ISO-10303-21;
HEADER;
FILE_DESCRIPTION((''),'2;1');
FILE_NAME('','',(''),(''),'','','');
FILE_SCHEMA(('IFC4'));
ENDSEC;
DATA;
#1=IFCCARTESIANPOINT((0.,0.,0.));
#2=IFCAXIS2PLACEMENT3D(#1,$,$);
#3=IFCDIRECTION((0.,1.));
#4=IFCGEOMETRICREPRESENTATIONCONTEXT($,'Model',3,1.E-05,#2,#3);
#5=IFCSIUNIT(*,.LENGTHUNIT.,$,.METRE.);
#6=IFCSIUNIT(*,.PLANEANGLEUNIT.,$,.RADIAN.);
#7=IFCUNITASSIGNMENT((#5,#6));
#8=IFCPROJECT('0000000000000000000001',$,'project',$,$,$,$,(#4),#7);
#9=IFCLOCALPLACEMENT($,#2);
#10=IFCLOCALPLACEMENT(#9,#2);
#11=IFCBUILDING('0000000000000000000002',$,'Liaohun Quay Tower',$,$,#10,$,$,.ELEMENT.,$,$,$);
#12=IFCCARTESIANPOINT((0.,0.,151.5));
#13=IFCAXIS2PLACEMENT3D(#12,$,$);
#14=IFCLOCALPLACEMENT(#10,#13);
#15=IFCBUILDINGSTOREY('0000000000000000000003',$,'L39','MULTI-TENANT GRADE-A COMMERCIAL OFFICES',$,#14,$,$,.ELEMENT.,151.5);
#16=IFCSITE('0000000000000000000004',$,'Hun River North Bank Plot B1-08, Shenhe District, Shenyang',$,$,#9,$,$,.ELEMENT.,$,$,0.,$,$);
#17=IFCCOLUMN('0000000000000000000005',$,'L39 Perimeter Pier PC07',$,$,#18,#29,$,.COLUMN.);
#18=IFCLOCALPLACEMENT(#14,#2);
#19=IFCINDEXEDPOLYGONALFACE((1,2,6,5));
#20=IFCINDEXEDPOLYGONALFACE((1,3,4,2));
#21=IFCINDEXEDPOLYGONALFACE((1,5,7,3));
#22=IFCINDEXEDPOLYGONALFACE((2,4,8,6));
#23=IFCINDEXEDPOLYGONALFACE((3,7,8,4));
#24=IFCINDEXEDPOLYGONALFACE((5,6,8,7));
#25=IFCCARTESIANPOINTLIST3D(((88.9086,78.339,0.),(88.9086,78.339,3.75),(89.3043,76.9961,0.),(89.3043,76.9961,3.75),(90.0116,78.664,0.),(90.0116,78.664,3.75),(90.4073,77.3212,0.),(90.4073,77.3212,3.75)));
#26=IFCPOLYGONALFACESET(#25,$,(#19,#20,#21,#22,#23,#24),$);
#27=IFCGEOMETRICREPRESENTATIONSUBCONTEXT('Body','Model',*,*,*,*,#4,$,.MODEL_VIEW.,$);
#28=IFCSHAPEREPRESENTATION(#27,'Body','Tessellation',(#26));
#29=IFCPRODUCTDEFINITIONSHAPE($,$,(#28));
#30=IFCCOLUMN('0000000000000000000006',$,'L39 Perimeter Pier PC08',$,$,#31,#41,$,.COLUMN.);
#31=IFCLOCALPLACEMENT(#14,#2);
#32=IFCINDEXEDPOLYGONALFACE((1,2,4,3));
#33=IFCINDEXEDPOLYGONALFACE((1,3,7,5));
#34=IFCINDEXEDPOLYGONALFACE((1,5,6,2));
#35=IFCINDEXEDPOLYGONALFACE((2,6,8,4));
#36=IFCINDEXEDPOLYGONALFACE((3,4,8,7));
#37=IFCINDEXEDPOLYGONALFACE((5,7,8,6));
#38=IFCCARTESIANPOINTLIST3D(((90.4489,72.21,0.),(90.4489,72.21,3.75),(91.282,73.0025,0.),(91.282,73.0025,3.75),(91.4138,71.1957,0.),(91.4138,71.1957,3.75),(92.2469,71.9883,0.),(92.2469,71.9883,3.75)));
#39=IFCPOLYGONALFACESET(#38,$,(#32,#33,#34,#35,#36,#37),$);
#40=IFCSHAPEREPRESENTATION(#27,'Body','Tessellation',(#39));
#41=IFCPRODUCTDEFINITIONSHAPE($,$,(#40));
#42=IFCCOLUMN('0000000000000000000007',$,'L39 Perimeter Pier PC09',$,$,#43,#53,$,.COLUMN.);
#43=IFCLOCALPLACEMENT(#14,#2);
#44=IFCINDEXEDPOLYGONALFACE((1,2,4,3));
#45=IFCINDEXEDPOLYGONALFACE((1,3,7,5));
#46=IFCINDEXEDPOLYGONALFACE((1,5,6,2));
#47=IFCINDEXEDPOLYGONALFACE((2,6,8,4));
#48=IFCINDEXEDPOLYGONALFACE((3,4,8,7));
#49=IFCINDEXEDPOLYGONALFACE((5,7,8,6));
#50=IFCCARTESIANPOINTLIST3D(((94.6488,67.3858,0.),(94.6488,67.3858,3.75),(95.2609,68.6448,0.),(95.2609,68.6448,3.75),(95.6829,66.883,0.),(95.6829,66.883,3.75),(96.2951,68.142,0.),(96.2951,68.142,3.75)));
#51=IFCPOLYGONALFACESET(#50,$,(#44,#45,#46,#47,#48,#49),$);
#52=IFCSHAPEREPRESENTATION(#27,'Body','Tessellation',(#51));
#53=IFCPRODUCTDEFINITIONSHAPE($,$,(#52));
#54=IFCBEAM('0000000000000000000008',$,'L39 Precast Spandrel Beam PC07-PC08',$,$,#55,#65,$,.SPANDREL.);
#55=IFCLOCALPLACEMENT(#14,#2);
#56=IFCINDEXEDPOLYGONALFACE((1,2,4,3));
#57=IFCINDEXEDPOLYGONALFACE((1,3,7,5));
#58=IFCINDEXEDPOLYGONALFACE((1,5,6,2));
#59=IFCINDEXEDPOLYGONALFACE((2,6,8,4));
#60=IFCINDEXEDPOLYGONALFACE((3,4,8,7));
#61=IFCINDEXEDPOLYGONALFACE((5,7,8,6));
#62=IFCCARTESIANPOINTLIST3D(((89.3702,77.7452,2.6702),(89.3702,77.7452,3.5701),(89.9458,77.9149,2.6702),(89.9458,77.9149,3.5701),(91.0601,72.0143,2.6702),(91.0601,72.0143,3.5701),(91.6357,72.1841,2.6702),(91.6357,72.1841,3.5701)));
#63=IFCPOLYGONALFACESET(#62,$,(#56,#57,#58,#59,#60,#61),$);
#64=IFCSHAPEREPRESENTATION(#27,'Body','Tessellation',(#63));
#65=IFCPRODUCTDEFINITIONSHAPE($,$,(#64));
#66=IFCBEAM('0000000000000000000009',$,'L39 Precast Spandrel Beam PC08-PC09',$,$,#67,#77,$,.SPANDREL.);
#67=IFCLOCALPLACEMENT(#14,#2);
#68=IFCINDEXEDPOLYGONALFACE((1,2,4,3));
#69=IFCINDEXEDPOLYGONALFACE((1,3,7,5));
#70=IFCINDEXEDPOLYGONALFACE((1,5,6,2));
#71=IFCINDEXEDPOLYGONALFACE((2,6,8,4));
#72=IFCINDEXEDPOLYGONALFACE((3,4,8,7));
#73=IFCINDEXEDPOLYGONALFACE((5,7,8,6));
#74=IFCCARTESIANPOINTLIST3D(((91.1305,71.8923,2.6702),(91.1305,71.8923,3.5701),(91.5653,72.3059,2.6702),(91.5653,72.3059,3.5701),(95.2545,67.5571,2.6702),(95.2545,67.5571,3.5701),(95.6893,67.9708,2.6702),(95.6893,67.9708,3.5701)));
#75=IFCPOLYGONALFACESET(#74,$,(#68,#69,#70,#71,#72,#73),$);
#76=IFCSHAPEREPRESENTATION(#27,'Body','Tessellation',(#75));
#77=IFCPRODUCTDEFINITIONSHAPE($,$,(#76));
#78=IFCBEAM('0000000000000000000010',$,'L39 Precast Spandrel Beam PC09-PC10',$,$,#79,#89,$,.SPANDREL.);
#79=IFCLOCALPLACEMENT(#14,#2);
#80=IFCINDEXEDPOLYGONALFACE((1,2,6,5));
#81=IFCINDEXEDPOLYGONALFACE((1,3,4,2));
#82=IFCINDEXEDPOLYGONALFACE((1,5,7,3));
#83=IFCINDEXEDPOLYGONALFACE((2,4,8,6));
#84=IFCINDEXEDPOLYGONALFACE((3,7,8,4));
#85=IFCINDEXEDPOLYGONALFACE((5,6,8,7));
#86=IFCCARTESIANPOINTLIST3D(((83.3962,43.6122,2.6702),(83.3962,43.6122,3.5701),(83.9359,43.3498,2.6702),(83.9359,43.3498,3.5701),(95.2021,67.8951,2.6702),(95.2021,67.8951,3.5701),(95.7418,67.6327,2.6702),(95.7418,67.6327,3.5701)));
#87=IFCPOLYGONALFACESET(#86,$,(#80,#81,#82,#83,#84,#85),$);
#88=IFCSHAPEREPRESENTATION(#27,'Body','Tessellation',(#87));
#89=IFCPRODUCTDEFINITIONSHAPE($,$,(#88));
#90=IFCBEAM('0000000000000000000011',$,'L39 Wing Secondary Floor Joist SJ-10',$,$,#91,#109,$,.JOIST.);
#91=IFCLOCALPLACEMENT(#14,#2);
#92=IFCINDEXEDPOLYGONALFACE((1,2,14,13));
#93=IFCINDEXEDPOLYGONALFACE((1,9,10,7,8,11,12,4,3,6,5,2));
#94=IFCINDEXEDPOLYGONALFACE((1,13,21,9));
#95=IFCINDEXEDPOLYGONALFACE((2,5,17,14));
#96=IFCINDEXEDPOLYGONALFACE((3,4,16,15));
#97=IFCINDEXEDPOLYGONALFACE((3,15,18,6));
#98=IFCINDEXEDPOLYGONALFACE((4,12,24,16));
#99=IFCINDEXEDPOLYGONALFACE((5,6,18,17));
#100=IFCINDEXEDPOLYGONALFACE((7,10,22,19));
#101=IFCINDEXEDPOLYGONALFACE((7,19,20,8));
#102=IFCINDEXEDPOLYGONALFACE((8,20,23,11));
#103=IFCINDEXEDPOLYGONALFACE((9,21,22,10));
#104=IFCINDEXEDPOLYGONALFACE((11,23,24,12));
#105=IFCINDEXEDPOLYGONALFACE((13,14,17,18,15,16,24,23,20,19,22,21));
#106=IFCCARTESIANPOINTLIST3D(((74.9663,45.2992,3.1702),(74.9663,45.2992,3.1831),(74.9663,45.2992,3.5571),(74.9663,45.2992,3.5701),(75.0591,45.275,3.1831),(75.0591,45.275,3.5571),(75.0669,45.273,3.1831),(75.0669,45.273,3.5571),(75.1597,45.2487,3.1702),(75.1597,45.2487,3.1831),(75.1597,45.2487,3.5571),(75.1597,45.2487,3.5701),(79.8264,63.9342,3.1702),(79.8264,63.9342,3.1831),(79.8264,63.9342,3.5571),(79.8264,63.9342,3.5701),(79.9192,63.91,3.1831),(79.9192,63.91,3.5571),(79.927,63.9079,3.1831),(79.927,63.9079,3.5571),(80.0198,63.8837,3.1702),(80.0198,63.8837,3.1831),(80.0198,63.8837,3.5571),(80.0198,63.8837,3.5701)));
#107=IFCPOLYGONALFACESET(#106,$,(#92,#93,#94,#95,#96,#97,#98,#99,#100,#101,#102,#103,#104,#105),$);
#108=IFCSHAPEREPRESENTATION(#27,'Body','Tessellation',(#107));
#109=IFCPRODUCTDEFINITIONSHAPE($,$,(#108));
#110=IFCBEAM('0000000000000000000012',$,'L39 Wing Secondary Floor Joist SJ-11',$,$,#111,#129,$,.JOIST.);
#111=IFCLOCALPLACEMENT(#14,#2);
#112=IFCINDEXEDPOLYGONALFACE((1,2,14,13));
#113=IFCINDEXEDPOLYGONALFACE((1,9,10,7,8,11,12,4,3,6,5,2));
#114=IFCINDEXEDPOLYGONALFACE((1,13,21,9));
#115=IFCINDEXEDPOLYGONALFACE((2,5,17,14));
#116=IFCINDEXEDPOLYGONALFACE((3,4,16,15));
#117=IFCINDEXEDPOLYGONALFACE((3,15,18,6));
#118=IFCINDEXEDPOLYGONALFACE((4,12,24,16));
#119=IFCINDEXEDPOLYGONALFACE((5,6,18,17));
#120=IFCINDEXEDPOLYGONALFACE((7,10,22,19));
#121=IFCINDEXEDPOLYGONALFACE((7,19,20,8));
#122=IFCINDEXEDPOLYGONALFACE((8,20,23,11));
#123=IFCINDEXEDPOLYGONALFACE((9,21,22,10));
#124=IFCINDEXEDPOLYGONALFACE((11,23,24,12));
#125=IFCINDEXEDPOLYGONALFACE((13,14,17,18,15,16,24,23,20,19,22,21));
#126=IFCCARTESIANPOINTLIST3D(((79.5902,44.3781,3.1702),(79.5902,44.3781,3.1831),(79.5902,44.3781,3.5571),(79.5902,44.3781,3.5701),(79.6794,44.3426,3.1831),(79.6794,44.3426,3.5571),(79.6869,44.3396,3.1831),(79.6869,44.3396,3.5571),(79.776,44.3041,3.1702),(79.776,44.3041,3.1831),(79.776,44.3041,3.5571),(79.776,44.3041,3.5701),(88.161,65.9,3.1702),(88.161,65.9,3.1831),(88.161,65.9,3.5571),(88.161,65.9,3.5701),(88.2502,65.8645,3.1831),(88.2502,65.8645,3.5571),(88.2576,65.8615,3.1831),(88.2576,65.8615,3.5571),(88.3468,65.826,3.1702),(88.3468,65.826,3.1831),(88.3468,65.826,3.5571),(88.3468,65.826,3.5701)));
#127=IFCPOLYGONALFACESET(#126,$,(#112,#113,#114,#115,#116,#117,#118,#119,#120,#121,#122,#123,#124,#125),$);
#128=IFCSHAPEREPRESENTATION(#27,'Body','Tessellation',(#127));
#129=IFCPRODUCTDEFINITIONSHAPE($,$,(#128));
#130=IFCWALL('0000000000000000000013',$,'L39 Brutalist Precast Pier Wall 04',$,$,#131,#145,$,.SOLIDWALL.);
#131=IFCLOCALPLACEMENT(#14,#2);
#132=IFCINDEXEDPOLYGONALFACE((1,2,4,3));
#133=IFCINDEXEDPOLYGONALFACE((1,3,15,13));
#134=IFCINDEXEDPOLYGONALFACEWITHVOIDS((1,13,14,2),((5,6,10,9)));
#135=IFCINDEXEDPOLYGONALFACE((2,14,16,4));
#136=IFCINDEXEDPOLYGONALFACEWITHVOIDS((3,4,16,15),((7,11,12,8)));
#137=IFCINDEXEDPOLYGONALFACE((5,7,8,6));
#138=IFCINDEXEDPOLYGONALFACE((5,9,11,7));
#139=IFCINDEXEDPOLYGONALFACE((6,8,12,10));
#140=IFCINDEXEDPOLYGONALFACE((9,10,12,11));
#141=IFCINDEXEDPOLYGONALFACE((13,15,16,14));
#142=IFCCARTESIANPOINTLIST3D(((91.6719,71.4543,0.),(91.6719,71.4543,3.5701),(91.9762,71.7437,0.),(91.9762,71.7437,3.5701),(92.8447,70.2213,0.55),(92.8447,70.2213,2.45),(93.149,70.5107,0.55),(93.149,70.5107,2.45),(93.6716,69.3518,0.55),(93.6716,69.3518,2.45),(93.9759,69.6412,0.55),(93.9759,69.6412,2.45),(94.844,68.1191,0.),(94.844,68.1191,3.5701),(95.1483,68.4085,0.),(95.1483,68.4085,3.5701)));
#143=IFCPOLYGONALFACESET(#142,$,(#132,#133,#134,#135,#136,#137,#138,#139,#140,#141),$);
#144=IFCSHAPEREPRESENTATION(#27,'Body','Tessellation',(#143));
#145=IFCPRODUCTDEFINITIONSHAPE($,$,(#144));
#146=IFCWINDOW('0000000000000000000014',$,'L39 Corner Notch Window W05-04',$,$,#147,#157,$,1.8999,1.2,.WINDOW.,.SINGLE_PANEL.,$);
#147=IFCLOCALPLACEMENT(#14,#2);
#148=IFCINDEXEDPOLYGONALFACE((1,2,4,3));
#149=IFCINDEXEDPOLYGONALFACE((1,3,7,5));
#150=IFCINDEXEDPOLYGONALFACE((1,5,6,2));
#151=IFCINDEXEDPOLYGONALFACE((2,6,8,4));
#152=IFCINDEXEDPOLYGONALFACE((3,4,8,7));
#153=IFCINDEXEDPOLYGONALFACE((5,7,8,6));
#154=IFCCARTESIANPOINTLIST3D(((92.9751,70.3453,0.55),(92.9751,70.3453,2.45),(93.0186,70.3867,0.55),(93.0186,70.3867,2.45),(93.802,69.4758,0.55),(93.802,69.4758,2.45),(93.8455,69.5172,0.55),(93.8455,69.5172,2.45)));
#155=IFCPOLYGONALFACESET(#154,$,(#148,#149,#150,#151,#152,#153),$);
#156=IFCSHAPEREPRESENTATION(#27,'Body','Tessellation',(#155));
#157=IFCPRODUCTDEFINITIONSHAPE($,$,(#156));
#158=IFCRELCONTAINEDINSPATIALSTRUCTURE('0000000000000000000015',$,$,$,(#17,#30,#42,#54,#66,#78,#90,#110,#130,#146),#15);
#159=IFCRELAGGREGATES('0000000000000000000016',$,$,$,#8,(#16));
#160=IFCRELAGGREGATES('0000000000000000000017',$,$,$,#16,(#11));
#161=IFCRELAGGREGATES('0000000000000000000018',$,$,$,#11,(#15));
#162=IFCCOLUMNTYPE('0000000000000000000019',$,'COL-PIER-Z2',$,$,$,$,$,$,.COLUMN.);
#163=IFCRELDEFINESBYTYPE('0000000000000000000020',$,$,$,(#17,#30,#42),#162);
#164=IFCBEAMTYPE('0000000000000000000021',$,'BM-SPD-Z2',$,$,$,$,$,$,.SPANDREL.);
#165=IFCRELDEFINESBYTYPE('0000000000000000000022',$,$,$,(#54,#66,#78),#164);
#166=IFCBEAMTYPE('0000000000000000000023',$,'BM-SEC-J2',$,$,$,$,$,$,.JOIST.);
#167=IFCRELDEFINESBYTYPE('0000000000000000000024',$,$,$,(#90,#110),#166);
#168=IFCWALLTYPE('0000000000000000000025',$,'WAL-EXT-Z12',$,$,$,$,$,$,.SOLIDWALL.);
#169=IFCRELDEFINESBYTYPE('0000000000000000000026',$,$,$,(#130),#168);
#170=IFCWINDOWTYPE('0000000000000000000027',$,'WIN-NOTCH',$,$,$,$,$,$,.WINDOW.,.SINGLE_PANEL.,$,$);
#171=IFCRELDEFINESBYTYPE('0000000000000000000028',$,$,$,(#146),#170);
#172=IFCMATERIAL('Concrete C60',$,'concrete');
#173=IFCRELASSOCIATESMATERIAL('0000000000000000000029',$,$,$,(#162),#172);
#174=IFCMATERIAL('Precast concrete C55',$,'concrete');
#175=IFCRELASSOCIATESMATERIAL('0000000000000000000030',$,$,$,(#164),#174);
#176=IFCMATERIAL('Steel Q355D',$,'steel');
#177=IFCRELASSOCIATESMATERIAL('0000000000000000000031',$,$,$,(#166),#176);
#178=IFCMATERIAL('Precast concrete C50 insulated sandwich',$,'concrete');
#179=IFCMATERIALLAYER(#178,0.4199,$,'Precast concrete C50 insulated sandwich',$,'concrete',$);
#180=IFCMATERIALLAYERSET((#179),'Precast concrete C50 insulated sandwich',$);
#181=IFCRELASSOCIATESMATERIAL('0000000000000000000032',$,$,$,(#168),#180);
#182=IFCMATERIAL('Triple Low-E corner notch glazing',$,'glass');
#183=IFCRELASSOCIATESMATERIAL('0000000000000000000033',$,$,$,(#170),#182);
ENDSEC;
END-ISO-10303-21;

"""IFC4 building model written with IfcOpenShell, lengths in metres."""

from ifc_helpers import new_model, si_unit, direction, frame, frame_2d, origin, origin_2d, place, context, subcontext, project, spatial, rectangle, i_section, extrude, source, transform, mapped, material, layer, layer_set, material_profile, profile_set, type_object, element, fill, save


model = new_model("IFC4")

# Units and contexts
model_context = context("Model", 3, precision=1e-05, world=origin(), true_north=direction((0.0, 1.0)))
body_context = subcontext(model_context, "Body", "Model", "MODEL_VIEW")
ifc_project = project(units=[si_unit("LENGTHUNIT", "METRE"), si_unit("PLANEANGLEUNIT", "RADIAN")], contexts=[model_context])

# Site, building, storey
site_placement = place(None, origin())
site = spatial("IfcSite", under=ifc_project, at=site_placement, Name="Hun River North Bank Plot B1-08, Shenhe District, Shenyang", CompositionType="ELEMENT", RefElevation=0.0)
building_placement = place(site_placement, origin())
building = spatial("IfcBuilding", under=site, at=building_placement, Name="Liaohun Quay Tower", CompositionType="ELEMENT")
storey_placement = place(building_placement, frame((0.0, 0.0, 151.5)))
storey = spatial("IfcBuildingStorey", under=building, at=storey_placement, Name="L39", Description="MULTI-TENANT GRADE-A COMMERCIAL OFFICES", CompositionType="ELEMENT", Elevation=151.5)

# Columns
ifc_material_1 = material(Name="Concrete C60", Category="concrete")
ifc_material_profile_1 = material_profile(ifc_material_1, rectangle(XDim=1.3999, YDim=1.1499, at=origin_2d()), Name="RC1400x1150")
ifc_profile_set_1 = profile_set([ifc_material_profile_1], Name="Concrete C60")
column_type = type_object("IfcColumnType", Name="COL-PIER-Z2", PredefinedType="COLUMN", material=ifc_profile_set_1)
shared_shape_1 = source(origin(), body_context, "Body", "SweptSolid", [
    extrude(rectangle(XDim=1.3999, YDim=1.1499, at=origin_2d()), origin(), (0.0, 0.0, 1.0), 3.75),
])
for number, where, z_axis, x_axis, name in (
    (1, (89.658, 77.8301, 0.0), (0.0, 0.0, 1.0), (-0.282676, 0.959215, 0.0), "L39 Perimeter Pier PC07"),
    (2, (91.3479, 72.0991, 0.0), (0.0, 0.0, 1.0), (-0.68924, 0.724533, 0.0), "L39 Perimeter Pier PC08"),
    (3, (95.4719, 67.7639, 0.0), (0.0, 0.0, 1.0), (0.437273, 0.899329, 0.0), "L39 Perimeter Pier PC09"),
):
    element("IfcColumn", number, at=place(storey_placement, frame(where, z_axis=z_axis, x_axis=x_axis)), inside=storey, type_object=column_type, Name=name, PredefinedType="COLUMN", context=body_context, shape_type="MappedRepresentation", body=[
        mapped(shared_shape_1, transform((0.0, 0.0, 0.0), x_axis=(1.0, 0.0, 0.0), y_axis=(0.0, 1.0, 0.0), z_axis=(0.0, 0.0, 1.0), scale=1.0)),
    ])

# Beams
ifc_material_2 = material(Name="Precast concrete C55", Category="concrete")
ifc_material_profile_2 = material_profile(ifc_material_2, rectangle(XDim=0.6001, YDim=0.8999, at=origin_2d()), Name="RC600x900")
ifc_profile_set_2 = profile_set([ifc_material_profile_2], Name="Precast concrete C55")
beam_type_1 = type_object("IfcBeamType", Name="BM-SPD-Z2", PredefinedType="SPANDREL", material=ifc_profile_set_2)
shared_shape_2 = source(origin(), body_context, "Body", "SweptSolid", [
    extrude(rectangle(XDim=0.6001, YDim=0.8999, at=origin_2d()), origin(), (0.0, 0.0, 1.0), 5.9749),
])
beam_1_placement = place(storey_placement, frame((89.658, 77.8301, 3.1201), z_axis=(0.282839, -0.959167, 0.0), x_axis=(0.959167, 0.282839, 0.0)))
element("IfcBeam", 4, at=beam_1_placement, inside=storey, type_object=beam_type_1, Name="L39 Precast Spandrel Beam PC07-PC08", PredefinedType="SPANDREL", context=body_context, shape_type="MappedRepresentation", body=[
    mapped(shared_shape_2, transform((0.0, 0.0, 0.0), x_axis=(1.0, 0.0, 0.0), y_axis=(0.0, 1.0, 0.0), z_axis=(0.0, 0.0, 1.0), scale=1.0)),
])
shared_shape_3 = source(origin(), body_context, "Body", "SweptSolid", [
    extrude(rectangle(XDim=0.6001, YDim=0.8999, at=origin_2d()), origin(), (0.0, 0.0, 1.0), 5.9834),
])
beam_2_placement = place(storey_placement, frame((91.3479, 72.0991, 3.1201), z_axis=(0.689239, -0.724534, 0.0), x_axis=(0.724534, 0.689239, 0.0)))
element("IfcBeam", 5, at=beam_2_placement, inside=storey, type_object=beam_type_1, Name="L39 Precast Spandrel Beam PC08-PC09", PredefinedType="SPANDREL", context=body_context, shape_type="MappedRepresentation", body=[
    mapped(shared_shape_3, transform((0.0, 0.0, 0.0), x_axis=(1.0, 0.0, 0.0), y_axis=(0.0, 1.0, 0.0), z_axis=(0.0, 0.0, 1.0), scale=1.0)),
])
shared_shape_4 = source(origin(), body_context, "Body", "SweptSolid", [
    extrude(rectangle(XDim=0.6001, YDim=0.8999, at=origin_2d()), origin(), (0.0, 0.0, 1.0), 27.0007),
])
beam_3_placement = place(storey_placement, frame((95.4719, 67.7639, 3.1201), z_axis=(-0.437243, -0.899343, 0.0), x_axis=(0.899343, -0.437243, 0.0)))
element("IfcBeam", 6, at=beam_3_placement, inside=storey, type_object=beam_type_1, Name="L39 Precast Spandrel Beam PC09-PC10", PredefinedType="SPANDREL", context=body_context, shape_type="MappedRepresentation", body=[
    mapped(shared_shape_4, transform((0.0, 0.0, 0.0), x_axis=(1.0, 0.0, 0.0), y_axis=(0.0, 1.0, 0.0), z_axis=(0.0, 0.0, 1.0), scale=1.0)),
])
ifc_material_3 = material(Name="Steel Q355D", Category="steel")
ifc_material_profile_3 = material_profile(ifc_material_3, i_section(OverallWidth=0.2, OverallDepth=0.3999, WebThickness=0.0081, FlangeThickness=0.0129, at=origin_2d()), Name="HN400x200x8x13")
ifc_profile_set_3 = profile_set([ifc_material_profile_3], Name="Steel Q355D")
beam_type_2 = type_object("IfcBeamType", Name="BM-SEC-J2", PredefinedType="JOIST", material=ifc_profile_set_3)
shared_shape_5 = source(origin(), body_context, "Body", "SweptSolid", [
    extrude(i_section(OverallWidth=0.2, OverallDepth=0.3999, WebThickness=0.0081, FlangeThickness=0.0129, at=origin_2d()), origin(), (0.0, 0.0, 1.0), 19.2583),
])
beam_4_placement = place(storey_placement, frame((79.9231, 63.9089, 3.3701), z_axis=(-0.252364, -0.967632, 0.0), x_axis=(0.967632, -0.252364, 0.0)))
element("IfcBeam", 7, at=beam_4_placement, inside=storey, type_object=beam_type_2, Name="L39 Wing Secondary Floor Joist SJ-10", PredefinedType="JOIST", context=body_context, shape_type="MappedRepresentation", body=[
    mapped(shared_shape_5, transform((0.0, 0.0, 0.0), x_axis=(1.0, 0.0, 0.0), y_axis=(0.0, 1.0, 0.0), z_axis=(0.0, 0.0, 1.0), scale=1.0)),
])
shared_shape_6 = source(origin(), body_context, "Body", "SweptSolid", [
    extrude(i_section(OverallWidth=0.2, OverallDepth=0.3999, WebThickness=0.0081, FlangeThickness=0.0129, at=origin_2d()), origin(), (0.0, 0.0, 1.0), 23.1658),
])
beam_5_placement = place(storey_placement, frame((88.2539, 65.863, 3.3701), z_axis=(-0.369977, -0.929041, 0.0), x_axis=(0.929041, -0.369977, 0.0)))
element("IfcBeam", 8, at=beam_5_placement, inside=storey, type_object=beam_type_2, Name="L39 Wing Secondary Floor Joist SJ-11", PredefinedType="JOIST", context=body_context, shape_type="MappedRepresentation", body=[
    mapped(shared_shape_6, transform((0.0, 0.0, 0.0), x_axis=(1.0, 0.0, 0.0), y_axis=(0.0, 1.0, 0.0), z_axis=(0.0, 0.0, 1.0), scale=1.0)),
])

# Wall, opening, window
ifc_material_4 = material(Name="Precast concrete C50 insulated sandwich", Category="concrete")
ifc_layer_1 = layer(ifc_material_4, 0.4199, Name="Precast concrete C50 insulated sandwich", Category="concrete")
ifc_layer_set_1 = layer_set([ifc_layer_1], Name="Precast concrete C50 insulated sandwich")
wall_type_1 = type_object("IfcWallType", Name="WAL-EXT-Z12", PredefinedType="SOLIDWALL", material=ifc_layer_set_1)
wall_1_placement = place(storey_placement, frame((94.9961, 68.2639, 0.0), z_axis=(0.0, 0.0, 1.0), x_axis=(-0.689169, 0.724601, 0.0)))
wall_1 = element("IfcWall", 9, at=wall_1_placement, inside=storey, type_object=wall_type_1, Name="L39 Brutalist Precast Pier Wall 04", PredefinedType="SOLIDWALL", context=body_context, shape_type="SweptSolid", body=[
    extrude(rectangle(XDim=4.6028, YDim=0.4199, at=frame_2d((2.3013, 0.0))), origin(), (0.0, 0.0, 1.0), 3.5701),
])
shared_shape_7 = source(origin(), body_context, "Body", "SweptSolid", [
    extrude(rectangle(XDim=1.2, YDim=1.8999, at=frame_2d((0.6001, 0.95))), frame((0.0, 0.22, 0.0), z_axis=(0.0, -1.0, 0.0), x_axis=(1.0, 0.0, 0.0)), (0.0, 0.0, 1.0), 0.4399),
])
opening_1_placement = place(wall_1_placement, frame((1.7009, 0.0, 0.55)))
opening_1 = element("IfcOpeningElement", 10, at=opening_1_placement, cuts=wall_1, PredefinedType="OPENING", context=body_context, shape_type="MappedRepresentation", body=[
    mapped(shared_shape_7, transform((0.0, 0.0, 0.0), x_axis=(1.0, 0.0, 0.0), y_axis=(0.0, 1.0, 0.0), z_axis=(0.0, 0.0, 1.0), scale=1.0)),
])
ifc_material_5 = material(Name="Triple Low-E corner notch glazing", Category="glass")
window_type_1 = type_object("IfcWindowType", Name="WIN-NOTCH", PartitioningType="SINGLE_PANEL", PredefinedType="WINDOW", material=ifc_material_5)
shared_shape_8 = source(origin(), body_context, "Body", "SweptSolid", [
    extrude(rectangle(XDim=1.2, YDim=1.8999, at=frame_2d((0.6001, 0.95))), frame((0.0, 0.03, 0.0), z_axis=(0.0, -1.0, 0.0), x_axis=(1.0, 0.0, 0.0)), (0.0, 0.0, 1.0), 0.0601),
])
window_1_placement = place(opening_1_placement, origin())
window_1 = element("IfcWindow", 11, at=window_1_placement, inside=storey, type_object=window_type_1, Name="L39 Corner Notch Window W05-04", OverallHeight=1.8999, OverallWidth=1.2, PartitioningType="SINGLE_PANEL", PredefinedType="WINDOW", context=body_context, shape_type="MappedRepresentation", body=[
    mapped(shared_shape_8, transform((0.0, 0.0, 0.0), x_axis=(1.0, 0.0, 0.0), y_axis=(0.0, 1.0, 0.0), z_axis=(0.0, 0.0, 1.0), scale=1.0)),
])
fill(opening_1, window_1)

save(model, "model.ifc")
